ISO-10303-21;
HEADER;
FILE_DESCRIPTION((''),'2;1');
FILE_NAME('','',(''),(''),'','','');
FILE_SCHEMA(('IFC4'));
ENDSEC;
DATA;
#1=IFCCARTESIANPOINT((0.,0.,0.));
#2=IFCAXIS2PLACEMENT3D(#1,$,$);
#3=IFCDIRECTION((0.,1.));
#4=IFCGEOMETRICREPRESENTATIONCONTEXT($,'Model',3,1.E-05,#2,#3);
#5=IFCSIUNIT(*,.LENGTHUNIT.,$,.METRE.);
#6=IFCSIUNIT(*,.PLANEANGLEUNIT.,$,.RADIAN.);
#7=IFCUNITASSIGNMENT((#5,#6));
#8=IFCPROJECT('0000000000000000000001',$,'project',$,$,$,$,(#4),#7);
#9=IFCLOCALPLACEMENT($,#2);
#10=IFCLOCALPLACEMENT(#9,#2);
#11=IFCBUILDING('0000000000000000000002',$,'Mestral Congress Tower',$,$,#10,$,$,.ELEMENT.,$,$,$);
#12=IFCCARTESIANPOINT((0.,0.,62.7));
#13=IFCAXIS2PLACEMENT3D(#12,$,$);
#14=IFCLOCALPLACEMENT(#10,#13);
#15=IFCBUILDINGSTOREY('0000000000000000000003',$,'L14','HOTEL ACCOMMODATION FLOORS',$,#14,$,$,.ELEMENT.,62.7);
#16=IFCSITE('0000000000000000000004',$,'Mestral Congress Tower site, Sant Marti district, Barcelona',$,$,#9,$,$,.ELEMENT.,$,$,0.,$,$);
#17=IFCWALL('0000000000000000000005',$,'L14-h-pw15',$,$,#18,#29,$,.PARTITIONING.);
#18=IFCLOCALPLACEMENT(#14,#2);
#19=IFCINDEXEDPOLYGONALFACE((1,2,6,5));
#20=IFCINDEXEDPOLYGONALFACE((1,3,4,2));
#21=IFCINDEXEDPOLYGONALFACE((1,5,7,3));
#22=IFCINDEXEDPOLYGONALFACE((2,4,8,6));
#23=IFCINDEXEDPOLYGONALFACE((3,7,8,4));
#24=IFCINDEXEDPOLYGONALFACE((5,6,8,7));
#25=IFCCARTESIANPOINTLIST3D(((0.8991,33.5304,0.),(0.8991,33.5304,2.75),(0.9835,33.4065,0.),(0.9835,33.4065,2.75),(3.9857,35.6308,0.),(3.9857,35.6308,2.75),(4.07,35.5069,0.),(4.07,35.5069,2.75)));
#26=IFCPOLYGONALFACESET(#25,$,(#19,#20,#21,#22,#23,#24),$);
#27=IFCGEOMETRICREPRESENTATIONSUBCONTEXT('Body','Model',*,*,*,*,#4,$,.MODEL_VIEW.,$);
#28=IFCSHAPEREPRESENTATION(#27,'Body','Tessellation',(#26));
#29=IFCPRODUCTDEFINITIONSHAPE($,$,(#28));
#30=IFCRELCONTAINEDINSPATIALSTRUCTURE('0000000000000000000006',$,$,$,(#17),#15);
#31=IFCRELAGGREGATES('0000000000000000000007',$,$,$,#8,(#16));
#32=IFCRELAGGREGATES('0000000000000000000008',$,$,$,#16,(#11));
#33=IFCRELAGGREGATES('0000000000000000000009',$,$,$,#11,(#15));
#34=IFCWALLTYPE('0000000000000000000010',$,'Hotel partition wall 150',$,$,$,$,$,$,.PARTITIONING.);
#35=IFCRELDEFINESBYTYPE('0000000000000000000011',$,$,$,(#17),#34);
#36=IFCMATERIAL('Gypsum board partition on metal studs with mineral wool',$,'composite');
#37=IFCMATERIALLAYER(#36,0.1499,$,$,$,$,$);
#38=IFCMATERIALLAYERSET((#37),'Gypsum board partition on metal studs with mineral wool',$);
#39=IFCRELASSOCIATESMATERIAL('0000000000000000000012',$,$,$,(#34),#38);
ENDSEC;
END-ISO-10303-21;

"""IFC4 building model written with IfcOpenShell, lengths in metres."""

from ifc_helpers import new_model, si_unit, direction, frame, frame_2d, origin, place, context, subcontext, project, spatial, rectangle, extrude, material, layer, layer_set, type_object, element, save


model = new_model("IFC4")

# Units and contexts
model_context = context("Model", 3, precision=1e-05, world=origin(), true_north=direction((0.0, 1.0)))
body_context = subcontext(model_context, "Body", "Model", "MODEL_VIEW")
ifc_project = project(units=[si_unit("LENGTHUNIT", "METRE"), si_unit("PLANEANGLEUNIT", "RADIAN")], contexts=[model_context])

# Site, building, storey
site_placement = place(None, origin())
site = spatial("IfcSite", under=ifc_project, at=site_placement, Name="Mestral Congress Tower site, Sant Marti district, Barcelona", CompositionType="ELEMENT", RefElevation=0.0)
building_placement = place(site_placement, origin())
building = spatial("IfcBuilding", under=site, at=building_placement, Name="Mestral Congress Tower", CompositionType="ELEMENT")
storey_placement = place(building_placement, frame((0.0, 0.0, 62.7)))
storey = spatial("IfcBuildingStorey", under=building, at=storey_placement, Name="L14", Description="HOTEL ACCOMMODATION FLOORS", CompositionType="ELEMENT", Elevation=62.7)

# Shared definitions
ifc_material_1 = material(Name="Gypsum board partition on metal studs with mineral wool", Category="composite")

# Shared definitions
ifc_layer_1 = layer(ifc_material_1, 0.1499)
ifc_layer_set_1 = layer_set([ifc_layer_1], Name="Gypsum board partition on metal studs with mineral wool")
wall_type_1 = type_object("IfcWallType", Name="Hotel partition wall 150", PredefinedType="PARTITIONING", material=ifc_layer_set_1)

# Wall
wall_1_placement = place(storey_placement, frame((4.0278, 35.5688, 0.0), z_axis=(0.0, 0.0, 1.0), x_axis=(-0.826731, -0.562598, 0.0)))
element("IfcWall", 1, at=wall_1_placement, inside=storey, type_object=wall_type_1, Name="L14-h-pw15", PredefinedType="PARTITIONING", context=body_context, shape_type="SweptSolid", body=[
    extrude(rectangle(XDim=3.7334, YDim=0.1499, at=frame_2d((1.8667, 0.0))), origin(), (0.0, 0.0, 1.0), 2.75),
])

save(model, "model.ifc")
